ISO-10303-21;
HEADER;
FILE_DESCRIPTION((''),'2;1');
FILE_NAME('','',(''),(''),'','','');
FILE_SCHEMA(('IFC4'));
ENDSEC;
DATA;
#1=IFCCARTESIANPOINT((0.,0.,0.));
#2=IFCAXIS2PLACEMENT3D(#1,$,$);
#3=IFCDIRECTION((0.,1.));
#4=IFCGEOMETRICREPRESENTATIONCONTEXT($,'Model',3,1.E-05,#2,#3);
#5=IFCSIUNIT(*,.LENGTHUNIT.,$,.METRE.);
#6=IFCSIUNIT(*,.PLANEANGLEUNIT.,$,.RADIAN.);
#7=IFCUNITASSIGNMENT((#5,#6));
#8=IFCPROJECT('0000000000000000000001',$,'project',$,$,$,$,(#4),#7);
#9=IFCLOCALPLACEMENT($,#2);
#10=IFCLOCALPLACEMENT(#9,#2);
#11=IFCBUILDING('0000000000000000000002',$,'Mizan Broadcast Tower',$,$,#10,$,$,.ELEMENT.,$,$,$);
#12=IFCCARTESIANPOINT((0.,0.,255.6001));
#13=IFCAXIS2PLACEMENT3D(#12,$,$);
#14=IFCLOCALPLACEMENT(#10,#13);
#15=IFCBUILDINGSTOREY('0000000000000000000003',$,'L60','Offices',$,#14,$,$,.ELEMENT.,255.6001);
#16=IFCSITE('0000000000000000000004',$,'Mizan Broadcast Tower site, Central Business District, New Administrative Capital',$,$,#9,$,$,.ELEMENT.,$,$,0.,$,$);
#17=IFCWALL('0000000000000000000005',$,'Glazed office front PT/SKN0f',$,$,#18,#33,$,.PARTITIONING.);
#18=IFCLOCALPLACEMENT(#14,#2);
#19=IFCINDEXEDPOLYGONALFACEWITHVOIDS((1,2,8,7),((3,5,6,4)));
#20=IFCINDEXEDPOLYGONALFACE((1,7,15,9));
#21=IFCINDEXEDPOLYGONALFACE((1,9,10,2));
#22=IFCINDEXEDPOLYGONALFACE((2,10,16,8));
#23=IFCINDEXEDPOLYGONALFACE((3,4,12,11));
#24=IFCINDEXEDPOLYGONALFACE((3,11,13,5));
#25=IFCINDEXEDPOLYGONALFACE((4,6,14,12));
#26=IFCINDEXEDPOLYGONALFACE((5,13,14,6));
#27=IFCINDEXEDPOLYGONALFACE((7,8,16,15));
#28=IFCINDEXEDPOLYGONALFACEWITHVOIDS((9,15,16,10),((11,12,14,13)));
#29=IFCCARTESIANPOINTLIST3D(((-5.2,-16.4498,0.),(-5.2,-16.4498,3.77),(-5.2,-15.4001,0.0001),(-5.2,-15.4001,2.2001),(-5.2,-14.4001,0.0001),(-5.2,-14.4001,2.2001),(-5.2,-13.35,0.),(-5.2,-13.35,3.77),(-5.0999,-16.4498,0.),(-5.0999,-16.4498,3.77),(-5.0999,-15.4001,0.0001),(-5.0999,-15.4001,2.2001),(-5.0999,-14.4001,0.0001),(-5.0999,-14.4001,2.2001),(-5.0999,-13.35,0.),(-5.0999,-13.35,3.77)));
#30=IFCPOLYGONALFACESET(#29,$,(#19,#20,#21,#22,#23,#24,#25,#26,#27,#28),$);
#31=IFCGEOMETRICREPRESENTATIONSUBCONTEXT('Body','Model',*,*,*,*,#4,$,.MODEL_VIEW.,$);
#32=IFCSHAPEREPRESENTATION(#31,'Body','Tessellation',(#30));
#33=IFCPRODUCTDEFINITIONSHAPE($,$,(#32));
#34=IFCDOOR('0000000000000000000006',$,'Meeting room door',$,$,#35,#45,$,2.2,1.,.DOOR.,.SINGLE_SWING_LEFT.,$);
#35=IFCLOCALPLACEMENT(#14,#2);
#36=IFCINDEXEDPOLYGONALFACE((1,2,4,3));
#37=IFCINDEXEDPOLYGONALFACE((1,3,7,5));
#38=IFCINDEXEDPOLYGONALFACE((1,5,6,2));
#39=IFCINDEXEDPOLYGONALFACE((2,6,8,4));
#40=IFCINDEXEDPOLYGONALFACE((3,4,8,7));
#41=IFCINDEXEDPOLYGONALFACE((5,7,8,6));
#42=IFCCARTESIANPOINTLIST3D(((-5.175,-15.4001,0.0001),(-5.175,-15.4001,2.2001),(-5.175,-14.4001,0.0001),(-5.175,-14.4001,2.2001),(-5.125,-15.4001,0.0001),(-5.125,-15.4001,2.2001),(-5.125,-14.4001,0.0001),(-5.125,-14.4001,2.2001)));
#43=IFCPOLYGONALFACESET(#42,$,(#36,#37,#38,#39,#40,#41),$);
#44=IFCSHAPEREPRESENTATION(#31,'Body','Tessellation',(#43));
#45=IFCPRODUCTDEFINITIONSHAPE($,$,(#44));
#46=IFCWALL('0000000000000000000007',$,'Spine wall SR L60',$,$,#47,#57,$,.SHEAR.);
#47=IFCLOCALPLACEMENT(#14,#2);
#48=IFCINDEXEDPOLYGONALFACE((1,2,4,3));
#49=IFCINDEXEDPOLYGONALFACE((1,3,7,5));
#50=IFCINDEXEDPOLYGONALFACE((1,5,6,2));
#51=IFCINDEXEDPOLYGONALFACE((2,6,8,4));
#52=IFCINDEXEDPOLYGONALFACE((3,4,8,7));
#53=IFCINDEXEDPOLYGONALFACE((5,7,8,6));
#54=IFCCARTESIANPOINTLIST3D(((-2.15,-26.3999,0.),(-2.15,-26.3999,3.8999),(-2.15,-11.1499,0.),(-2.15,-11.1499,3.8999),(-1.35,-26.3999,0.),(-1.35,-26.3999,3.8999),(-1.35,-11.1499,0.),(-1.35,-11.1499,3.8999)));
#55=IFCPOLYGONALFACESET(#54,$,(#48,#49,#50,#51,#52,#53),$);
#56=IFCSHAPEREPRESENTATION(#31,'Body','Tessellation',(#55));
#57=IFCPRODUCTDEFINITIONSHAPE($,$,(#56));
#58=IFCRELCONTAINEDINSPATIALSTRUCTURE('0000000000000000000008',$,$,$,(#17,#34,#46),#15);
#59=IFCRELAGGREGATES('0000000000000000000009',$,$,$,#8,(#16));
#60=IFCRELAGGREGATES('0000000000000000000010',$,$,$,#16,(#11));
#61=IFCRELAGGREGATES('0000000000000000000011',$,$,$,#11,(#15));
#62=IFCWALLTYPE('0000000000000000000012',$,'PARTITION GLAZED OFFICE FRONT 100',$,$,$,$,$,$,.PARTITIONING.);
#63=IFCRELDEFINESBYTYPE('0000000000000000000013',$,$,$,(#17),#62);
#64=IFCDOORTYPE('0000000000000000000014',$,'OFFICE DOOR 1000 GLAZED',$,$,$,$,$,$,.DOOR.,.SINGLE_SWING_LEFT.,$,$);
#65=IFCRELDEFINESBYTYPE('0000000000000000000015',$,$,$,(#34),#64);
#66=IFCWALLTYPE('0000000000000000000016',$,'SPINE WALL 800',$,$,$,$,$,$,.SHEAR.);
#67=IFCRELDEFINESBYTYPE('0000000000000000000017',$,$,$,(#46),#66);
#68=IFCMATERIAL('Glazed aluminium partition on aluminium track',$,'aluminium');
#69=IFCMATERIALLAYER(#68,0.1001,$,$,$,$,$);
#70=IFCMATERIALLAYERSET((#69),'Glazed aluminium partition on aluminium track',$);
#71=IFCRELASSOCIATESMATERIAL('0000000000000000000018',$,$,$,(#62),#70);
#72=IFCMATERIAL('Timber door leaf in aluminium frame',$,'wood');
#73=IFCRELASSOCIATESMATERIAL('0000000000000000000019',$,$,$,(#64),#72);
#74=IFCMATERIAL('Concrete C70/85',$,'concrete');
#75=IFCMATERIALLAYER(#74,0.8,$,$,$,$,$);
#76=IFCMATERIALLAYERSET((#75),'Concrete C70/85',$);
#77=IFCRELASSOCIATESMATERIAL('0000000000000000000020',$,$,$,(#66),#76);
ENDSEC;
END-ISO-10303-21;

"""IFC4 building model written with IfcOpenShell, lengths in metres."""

from ifc_helpers import new_model, si_unit, direction, frame, frame_2d, origin, place, context, subcontext, project, spatial, rectangle, extrude, material, layer, layer_set, type_object, element, fill, save


model = new_model("IFC4")

# Units and contexts
model_context = context("Model", 3, precision=1e-05, world=origin(), true_north=direction((0.0, 1.0)))
body_context = subcontext(model_context, "Body", "Model", "MODEL_VIEW")
ifc_project = project(units=[si_unit("LENGTHUNIT", "METRE"), si_unit("PLANEANGLEUNIT", "RADIAN")], contexts=[model_context])

# Site, building, storey
site_placement = place(None, origin())
site = spatial("IfcSite", under=ifc_project, at=site_placement, Name="Mizan Broadcast Tower site, Central Business District, New Administrative Capital", CompositionType="ELEMENT", RefElevation=0.0)
building_placement = place(site_placement, origin())
building = spatial("IfcBuilding", under=site, at=building_placement, Name="Mizan Broadcast Tower", CompositionType="ELEMENT")
storey_placement = place(building_placement, frame((0.0, 0.0, 255.6001)))
storey = spatial("IfcBuildingStorey", under=building, at=storey_placement, Name="L60", Description="Offices", CompositionType="ELEMENT", Elevation=255.6001)

# Shared definitions
ifc_material_1 = material(Name="Glazed aluminium partition on aluminium track", Category="aluminium")
ifc_layer_1 = layer(ifc_material_1, 0.1001)
ifc_layer_set_1 = layer_set([ifc_layer_1], Name="Glazed aluminium partition on aluminium track")
wall_type_1 = type_object("IfcWallType", Name="PARTITION GLAZED OFFICE FRONT 100", PredefinedType="PARTITIONING", material=ifc_layer_set_1)

# Wall, opening, door
wall_1_placement = place(storey_placement, frame((-5.1499, -13.3501, 0.0), z_axis=(0.0, 0.0, 1.0), x_axis=(0.0, -1.0, 0.0)))
wall_1 = element("IfcWall", 1, at=wall_1_placement, inside=storey, type_object=wall_type_1, Name="Glazed office front PT/SKN0f", PredefinedType="PARTITIONING", context=body_context, shape_type="SweptSolid", body=[
    extrude(rectangle(XDim=3.0999, YDim=0.1001, at=frame_2d((1.5498, 0.0))), origin(), (0.0, 0.0, 1.0), 3.77),
])
opening_1_placement = place(wall_1_placement, frame((1.05, 0.0, 0.0)))
opening_1 = element("IfcOpeningElement", 2, at=opening_1_placement, cuts=wall_1, PredefinedType="OPENING", context=body_context, shape_type="SweptSolid", body=[
    extrude(rectangle(XDim=1.0, YDim=2.2, at=frame_2d((0.5, 1.1001))), frame((0.0, 0.0601, 0.0), z_axis=(0.0, -1.0, 0.0), x_axis=(1.0, 0.0, 0.0)), (0.0, 0.0, 1.0), 0.1201),
])
ifc_material_2 = material(Name="Timber door leaf in aluminium frame", Category="wood")
door_type_1 = type_object("IfcDoorType", Name="OFFICE DOOR 1000 GLAZED", OperationType="SINGLE_SWING_LEFT", PredefinedType="DOOR", material=ifc_material_2)
door_1_placement = place(opening_1_placement, origin())
door_1 = element("IfcDoor", 3, at=door_1_placement, inside=storey, type_object=door_type_1, Name="Meeting room door", OperationType="SINGLE_SWING_LEFT", OverallHeight=2.2, OverallWidth=1.0, PredefinedType="DOOR", context=body_context, shape_type="SweptSolid", body=[
    extrude(rectangle(XDim=1.0, YDim=2.2, at=frame_2d((0.5, 1.1001))), frame((0.0, 0.0249, 0.0), z_axis=(0.0, -1.0, 0.0), x_axis=(1.0, 0.0, 0.0)), (0.0, 0.0, 1.0), 0.05),
])
fill(opening_1, door_1)

# Wall
ifc_material_3 = material(Name="Concrete C70/85", Category="concrete")
ifc_layer_2 = layer(ifc_material_3, 0.8)
ifc_layer_set_2 = layer_set([ifc_layer_2], Name="Concrete C70/85")
wall_type_2 = type_object("IfcWallType", Name="SPINE WALL 800", PredefinedType="SHEAR", material=ifc_layer_set_2)
wall_2_placement = place(storey_placement, frame((-1.75, -11.1499, 0.0), z_axis=(0.0, 0.0, 1.0), x_axis=(0.0, -1.0, 0.0)))
element("IfcWall", 4, at=wall_2_placement, inside=storey, type_object=wall_type_2, Name="Spine wall SR L60", PredefinedType="SHEAR", context=body_context, shape_type="SweptSolid", body=[
    extrude(rectangle(XDim=15.25, YDim=0.8, at=frame_2d((7.625, 0.0))), origin(), (0.0, 0.0, 1.0), 3.8999),
])

save(model, "model.ifc")
